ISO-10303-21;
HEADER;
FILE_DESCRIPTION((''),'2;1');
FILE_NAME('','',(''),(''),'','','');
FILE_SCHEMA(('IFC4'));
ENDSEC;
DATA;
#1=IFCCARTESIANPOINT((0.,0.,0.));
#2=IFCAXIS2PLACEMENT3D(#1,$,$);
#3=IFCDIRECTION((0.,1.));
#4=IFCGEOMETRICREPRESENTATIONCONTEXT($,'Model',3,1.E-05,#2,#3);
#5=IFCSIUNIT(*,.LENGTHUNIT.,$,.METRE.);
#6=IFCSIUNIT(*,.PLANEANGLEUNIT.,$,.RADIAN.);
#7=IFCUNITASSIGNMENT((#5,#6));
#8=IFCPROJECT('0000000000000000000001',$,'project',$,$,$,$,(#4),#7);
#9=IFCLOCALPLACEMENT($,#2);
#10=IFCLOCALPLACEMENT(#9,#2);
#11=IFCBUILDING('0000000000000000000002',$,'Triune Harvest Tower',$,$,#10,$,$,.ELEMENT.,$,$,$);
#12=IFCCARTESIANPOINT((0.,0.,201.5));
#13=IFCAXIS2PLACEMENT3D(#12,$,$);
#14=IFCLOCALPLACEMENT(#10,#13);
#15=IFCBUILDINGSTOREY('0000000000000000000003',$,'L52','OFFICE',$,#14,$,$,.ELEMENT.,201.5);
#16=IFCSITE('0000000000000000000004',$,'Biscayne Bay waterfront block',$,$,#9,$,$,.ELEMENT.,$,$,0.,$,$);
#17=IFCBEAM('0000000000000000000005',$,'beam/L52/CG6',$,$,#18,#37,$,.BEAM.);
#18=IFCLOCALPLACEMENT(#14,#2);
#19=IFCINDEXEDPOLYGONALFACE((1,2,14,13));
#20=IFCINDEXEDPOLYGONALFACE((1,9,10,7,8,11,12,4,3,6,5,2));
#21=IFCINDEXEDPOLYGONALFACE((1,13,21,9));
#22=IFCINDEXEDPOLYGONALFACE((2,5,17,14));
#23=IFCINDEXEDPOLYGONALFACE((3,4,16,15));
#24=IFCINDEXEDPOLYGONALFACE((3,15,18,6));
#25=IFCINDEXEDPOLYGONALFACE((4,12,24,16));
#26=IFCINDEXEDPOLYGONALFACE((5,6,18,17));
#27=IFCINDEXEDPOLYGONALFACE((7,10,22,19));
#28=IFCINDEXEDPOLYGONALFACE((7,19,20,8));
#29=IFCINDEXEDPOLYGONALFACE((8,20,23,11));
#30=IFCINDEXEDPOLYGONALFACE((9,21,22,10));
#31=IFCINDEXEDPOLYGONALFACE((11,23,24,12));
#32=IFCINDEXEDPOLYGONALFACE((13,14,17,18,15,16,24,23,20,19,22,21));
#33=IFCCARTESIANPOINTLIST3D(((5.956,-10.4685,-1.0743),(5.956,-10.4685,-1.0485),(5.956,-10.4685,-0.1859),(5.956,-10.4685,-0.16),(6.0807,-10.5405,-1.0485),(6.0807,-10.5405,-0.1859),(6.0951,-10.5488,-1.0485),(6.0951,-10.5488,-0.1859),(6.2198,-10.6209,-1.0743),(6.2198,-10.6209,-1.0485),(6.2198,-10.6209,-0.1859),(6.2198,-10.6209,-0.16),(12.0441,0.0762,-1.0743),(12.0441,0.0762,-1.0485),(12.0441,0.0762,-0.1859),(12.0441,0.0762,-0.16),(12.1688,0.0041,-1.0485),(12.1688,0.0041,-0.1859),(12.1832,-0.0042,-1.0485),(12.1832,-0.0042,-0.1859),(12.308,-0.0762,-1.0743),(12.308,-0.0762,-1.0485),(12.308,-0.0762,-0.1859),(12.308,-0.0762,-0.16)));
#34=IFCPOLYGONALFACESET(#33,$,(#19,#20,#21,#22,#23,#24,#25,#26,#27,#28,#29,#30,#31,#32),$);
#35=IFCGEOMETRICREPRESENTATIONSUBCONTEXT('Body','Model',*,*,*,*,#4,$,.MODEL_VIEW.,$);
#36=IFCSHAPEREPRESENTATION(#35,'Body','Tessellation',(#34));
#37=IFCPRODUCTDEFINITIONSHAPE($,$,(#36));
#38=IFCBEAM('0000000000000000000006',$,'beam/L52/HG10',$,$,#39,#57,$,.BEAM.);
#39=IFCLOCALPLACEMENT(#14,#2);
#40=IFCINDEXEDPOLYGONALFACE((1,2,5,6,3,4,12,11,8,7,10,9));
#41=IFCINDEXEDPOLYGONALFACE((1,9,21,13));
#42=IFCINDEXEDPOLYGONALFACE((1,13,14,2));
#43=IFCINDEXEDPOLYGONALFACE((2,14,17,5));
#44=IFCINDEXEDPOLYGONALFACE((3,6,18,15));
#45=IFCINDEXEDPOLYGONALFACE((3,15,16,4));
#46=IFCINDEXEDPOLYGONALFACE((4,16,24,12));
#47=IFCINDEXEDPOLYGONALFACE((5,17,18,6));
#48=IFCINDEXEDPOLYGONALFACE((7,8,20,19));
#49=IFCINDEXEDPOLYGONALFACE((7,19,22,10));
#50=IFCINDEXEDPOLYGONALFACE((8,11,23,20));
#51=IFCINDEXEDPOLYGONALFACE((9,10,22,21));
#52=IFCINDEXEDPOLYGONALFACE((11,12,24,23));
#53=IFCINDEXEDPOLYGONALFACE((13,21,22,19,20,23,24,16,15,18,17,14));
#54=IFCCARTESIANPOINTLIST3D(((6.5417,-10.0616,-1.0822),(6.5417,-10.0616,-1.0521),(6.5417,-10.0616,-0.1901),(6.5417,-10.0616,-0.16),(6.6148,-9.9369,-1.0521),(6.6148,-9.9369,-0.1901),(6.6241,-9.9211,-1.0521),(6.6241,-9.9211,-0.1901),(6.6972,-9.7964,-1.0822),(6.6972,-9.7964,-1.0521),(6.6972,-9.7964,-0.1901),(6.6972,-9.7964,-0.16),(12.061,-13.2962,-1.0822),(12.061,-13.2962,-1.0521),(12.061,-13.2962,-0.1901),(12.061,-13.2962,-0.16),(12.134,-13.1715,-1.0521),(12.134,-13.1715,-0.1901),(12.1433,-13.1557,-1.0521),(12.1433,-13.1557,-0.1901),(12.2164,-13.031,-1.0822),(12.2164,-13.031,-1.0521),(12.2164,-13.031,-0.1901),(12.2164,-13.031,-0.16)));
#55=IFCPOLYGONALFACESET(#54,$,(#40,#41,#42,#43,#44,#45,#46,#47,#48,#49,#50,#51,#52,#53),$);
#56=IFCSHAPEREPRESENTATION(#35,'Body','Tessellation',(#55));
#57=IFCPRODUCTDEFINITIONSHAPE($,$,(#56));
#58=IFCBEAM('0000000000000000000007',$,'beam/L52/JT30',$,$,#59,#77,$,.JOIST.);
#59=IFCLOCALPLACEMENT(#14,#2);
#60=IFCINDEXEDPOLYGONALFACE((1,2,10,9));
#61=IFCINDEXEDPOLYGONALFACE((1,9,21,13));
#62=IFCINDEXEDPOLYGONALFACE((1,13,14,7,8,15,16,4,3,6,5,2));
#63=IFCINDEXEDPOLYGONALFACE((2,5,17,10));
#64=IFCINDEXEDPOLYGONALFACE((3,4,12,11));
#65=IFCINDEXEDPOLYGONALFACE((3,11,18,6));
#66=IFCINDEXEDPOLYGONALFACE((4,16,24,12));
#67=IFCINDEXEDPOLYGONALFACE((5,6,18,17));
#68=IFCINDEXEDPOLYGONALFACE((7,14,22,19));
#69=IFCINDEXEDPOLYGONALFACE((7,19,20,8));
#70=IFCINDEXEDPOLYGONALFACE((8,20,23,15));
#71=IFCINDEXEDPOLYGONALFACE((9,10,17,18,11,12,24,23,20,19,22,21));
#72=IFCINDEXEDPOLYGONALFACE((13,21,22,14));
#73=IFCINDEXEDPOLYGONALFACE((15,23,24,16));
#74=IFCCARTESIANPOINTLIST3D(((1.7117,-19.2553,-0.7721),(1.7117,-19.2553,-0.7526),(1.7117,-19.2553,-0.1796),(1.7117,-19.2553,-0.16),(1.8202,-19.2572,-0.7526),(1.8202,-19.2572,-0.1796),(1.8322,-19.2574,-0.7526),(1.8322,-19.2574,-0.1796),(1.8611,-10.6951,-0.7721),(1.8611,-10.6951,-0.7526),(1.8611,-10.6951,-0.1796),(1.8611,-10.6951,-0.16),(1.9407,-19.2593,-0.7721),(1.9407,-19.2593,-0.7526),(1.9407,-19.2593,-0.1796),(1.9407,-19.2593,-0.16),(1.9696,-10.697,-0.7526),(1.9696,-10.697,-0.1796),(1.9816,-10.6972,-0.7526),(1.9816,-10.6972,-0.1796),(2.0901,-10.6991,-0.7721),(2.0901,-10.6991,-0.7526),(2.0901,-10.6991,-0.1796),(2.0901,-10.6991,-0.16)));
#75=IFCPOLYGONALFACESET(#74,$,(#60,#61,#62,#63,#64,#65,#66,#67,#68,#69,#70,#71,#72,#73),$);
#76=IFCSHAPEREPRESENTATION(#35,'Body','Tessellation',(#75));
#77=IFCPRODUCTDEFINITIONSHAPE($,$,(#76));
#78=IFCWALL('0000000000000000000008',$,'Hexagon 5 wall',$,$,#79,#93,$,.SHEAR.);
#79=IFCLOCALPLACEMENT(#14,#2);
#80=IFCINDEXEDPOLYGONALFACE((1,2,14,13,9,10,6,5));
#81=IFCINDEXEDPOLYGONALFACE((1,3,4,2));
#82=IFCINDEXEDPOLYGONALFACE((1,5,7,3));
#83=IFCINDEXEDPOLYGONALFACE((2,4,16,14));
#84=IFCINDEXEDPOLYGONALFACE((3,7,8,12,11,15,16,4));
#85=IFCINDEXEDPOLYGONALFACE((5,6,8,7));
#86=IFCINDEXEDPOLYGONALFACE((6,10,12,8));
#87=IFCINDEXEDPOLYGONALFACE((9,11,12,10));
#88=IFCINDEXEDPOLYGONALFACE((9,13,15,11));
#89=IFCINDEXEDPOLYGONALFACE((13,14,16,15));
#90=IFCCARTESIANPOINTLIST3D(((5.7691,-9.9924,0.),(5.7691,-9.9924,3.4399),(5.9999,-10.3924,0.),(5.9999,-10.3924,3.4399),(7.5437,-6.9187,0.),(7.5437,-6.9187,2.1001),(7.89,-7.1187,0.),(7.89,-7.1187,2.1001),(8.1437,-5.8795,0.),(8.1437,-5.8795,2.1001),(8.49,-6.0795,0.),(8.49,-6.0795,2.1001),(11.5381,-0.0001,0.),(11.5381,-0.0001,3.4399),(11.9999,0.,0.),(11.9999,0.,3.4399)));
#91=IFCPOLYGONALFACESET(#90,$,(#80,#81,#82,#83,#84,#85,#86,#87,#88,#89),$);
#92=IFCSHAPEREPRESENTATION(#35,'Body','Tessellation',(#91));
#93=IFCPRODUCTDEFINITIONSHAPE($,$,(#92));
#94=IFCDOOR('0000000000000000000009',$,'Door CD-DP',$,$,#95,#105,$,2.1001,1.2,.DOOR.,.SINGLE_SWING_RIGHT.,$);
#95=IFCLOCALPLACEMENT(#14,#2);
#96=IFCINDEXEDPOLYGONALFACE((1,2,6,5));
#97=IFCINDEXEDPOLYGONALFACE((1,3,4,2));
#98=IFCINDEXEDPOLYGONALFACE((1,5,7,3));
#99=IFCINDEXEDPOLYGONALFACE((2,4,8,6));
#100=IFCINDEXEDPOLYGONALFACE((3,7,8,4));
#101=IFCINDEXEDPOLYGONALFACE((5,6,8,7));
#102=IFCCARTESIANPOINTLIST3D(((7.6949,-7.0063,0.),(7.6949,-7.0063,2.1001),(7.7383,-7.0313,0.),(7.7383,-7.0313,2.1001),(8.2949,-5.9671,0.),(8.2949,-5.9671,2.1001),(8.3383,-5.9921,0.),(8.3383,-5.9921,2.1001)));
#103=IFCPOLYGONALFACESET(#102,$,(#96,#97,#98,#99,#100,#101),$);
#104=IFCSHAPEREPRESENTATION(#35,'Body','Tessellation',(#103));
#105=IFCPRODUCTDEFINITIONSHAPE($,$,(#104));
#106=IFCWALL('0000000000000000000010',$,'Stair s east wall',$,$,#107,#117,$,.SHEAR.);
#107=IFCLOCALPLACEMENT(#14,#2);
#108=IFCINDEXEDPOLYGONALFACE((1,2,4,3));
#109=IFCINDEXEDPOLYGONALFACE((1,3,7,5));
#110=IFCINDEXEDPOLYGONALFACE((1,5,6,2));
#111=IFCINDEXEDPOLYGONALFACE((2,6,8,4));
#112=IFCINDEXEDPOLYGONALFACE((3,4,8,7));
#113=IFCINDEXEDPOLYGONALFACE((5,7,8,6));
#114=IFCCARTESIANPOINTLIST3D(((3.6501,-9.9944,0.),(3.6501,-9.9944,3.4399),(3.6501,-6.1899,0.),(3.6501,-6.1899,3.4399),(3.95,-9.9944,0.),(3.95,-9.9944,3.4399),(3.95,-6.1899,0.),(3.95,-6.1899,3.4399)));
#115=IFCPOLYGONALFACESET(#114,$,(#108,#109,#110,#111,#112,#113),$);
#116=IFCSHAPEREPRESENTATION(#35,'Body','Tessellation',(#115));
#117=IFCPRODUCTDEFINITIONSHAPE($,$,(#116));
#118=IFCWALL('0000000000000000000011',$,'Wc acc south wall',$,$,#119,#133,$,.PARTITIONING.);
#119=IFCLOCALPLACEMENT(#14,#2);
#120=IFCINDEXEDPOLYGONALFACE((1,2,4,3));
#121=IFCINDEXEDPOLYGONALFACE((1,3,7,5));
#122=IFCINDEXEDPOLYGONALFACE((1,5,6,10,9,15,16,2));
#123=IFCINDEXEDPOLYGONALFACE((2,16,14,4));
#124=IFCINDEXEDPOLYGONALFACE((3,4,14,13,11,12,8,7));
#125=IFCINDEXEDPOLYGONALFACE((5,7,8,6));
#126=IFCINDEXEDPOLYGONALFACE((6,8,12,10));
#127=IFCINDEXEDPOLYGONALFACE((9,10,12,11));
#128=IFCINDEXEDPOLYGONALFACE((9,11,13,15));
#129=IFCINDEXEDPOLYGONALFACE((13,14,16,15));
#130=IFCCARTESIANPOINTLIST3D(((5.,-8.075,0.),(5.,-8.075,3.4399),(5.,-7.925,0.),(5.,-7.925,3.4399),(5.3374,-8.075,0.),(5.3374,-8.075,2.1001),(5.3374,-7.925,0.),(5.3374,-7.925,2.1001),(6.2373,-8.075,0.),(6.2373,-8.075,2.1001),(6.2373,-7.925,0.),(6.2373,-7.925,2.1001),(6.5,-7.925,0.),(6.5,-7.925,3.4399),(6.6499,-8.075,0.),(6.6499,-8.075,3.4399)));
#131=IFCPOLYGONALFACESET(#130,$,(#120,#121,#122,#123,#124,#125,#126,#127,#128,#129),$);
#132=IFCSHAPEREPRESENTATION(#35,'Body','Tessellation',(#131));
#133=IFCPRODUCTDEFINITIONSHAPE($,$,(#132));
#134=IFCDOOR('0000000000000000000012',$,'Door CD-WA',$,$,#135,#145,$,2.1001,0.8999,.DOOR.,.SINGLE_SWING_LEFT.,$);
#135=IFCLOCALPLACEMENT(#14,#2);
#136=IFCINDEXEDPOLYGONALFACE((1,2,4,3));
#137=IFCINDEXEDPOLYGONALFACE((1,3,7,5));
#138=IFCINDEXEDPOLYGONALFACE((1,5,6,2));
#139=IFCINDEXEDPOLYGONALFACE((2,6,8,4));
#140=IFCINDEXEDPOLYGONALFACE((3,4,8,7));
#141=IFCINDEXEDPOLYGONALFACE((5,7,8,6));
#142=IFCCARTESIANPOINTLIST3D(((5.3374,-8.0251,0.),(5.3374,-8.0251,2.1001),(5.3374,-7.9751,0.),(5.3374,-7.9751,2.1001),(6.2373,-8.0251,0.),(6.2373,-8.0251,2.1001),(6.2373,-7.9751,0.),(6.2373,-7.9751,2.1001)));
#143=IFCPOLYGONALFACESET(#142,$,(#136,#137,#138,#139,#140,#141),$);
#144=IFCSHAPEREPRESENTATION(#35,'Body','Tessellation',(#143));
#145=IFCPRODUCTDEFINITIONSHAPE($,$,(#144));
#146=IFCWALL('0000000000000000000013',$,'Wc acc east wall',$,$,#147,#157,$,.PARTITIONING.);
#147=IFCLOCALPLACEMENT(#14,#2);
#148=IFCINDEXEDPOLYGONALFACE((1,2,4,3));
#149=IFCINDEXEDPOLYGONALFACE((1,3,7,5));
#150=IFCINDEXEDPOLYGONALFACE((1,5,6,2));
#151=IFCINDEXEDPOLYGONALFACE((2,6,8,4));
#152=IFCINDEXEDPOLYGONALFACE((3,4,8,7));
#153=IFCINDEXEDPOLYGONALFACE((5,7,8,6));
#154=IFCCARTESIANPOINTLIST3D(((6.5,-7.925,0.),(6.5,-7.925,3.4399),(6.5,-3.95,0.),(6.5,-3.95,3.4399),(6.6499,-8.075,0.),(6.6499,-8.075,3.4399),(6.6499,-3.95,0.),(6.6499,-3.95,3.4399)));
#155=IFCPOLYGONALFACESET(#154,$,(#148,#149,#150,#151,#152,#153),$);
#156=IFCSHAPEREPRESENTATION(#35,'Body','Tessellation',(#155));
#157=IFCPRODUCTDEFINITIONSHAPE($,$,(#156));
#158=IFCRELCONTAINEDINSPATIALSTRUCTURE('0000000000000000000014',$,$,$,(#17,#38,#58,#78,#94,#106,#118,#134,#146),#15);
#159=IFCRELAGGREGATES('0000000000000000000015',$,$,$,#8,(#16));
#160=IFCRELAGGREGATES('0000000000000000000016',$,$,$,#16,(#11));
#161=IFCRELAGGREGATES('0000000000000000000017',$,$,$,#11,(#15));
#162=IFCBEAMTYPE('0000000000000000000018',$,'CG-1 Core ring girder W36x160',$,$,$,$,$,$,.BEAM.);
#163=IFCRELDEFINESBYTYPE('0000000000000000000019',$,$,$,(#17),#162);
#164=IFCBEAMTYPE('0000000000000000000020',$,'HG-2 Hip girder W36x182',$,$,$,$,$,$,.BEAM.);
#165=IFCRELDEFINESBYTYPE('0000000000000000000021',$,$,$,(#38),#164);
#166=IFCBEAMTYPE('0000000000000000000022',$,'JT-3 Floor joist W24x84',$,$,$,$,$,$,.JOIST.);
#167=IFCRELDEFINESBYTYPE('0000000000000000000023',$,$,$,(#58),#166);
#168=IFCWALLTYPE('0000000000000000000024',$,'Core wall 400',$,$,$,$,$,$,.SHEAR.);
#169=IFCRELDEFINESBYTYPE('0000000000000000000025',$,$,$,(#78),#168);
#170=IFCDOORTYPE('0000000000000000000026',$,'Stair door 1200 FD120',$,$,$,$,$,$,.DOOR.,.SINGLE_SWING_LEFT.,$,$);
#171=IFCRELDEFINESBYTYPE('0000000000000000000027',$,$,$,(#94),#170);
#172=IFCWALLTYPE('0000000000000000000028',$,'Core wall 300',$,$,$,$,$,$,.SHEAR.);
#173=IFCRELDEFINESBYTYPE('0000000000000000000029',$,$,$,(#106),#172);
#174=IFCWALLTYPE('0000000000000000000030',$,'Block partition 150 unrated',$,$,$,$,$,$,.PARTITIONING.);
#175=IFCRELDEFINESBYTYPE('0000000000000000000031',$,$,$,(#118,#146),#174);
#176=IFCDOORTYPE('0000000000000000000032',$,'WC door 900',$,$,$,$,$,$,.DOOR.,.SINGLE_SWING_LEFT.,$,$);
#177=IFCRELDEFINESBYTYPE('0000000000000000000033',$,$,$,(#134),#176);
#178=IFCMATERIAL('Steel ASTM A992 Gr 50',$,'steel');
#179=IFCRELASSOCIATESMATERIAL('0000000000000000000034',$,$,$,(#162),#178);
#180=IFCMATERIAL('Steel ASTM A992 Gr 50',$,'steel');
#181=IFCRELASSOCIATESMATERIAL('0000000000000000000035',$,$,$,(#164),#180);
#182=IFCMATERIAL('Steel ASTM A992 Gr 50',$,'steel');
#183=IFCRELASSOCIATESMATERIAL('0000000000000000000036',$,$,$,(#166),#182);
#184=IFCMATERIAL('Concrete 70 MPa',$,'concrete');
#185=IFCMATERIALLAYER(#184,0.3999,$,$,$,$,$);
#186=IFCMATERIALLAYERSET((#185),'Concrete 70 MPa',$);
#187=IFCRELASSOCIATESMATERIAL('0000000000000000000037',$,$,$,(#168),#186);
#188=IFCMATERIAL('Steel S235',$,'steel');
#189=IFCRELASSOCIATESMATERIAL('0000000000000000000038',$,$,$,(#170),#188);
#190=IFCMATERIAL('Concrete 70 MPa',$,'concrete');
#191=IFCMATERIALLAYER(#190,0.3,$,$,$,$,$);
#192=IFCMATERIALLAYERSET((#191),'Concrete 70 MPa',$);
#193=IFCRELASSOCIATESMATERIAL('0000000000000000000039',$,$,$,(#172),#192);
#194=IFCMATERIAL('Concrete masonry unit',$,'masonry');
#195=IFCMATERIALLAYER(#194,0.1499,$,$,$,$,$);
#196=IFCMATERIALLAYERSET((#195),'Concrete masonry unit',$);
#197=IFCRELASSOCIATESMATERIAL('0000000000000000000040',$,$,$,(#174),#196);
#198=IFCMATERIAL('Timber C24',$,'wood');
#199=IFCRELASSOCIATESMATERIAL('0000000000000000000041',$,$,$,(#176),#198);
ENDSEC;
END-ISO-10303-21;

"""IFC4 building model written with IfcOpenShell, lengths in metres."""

from ifc_helpers import new_model, si_unit, direction, frame, frame_2d, origin, origin_2d, place, context, subcontext, project, spatial, polyline, rectangle, i_section, outline, extrude, source, transform, mapped, material, layer, layer_set, material_profile, profile_set, type_object, element, fill, save


model = new_model("IFC4")

# Units and contexts
model_context = context("Model", 3, precision=1e-05, world=origin(), true_north=direction((0.0, 1.0)))
body_context = subcontext(model_context, "Body", "Model", "MODEL_VIEW")
ifc_project = project(units=[si_unit("LENGTHUNIT", "METRE"), si_unit("PLANEANGLEUNIT", "RADIAN")], contexts=[model_context])

# Site, building, storey
site_placement = place(None, origin())
site = spatial("IfcSite", under=ifc_project, at=site_placement, Name="Biscayne Bay waterfront block", CompositionType="ELEMENT", RefElevation=0.0)
building_placement = place(site_placement, origin())
building = spatial("IfcBuilding", under=site, at=building_placement, Name="Triune Harvest Tower", CompositionType="ELEMENT")
storey_placement = place(building_placement, frame((0.0, 0.0, 201.5)))
storey = spatial("IfcBuildingStorey", under=building, at=storey_placement, Name="L52", Description="OFFICE", CompositionType="ELEMENT", Elevation=201.5)

# Beams
ifc_material_1 = material(Name="Steel ASTM A992 Gr 50", Category="steel")
ifc_material_profile_1 = material_profile(ifc_material_1, i_section(OverallWidth=0.3047, OverallDepth=0.9143, WebThickness=0.0166, FlangeThickness=0.0259, at=origin_2d()), Name="W36x160")
ifc_profile_set_1 = profile_set([ifc_material_profile_1], Name="Steel ASTM A992 Gr 50")
beam_type_1 = type_object("IfcBeamType", Name="CG-1 Core ring girder W36x160", PredefinedType="BEAM", material=ifc_profile_set_1)
shared_shape_1 = source(origin(), body_context, "Body", "SweptSolid", [
    extrude(i_section(OverallWidth=0.3047, OverallDepth=0.9143, WebThickness=0.0166, FlangeThickness=0.0259, at=origin_2d()), origin(), (0.0, 0.0, 1.0), 12.176),
])
beam_1_placement = place(storey_placement, frame((6.0879, -10.5447, -0.6172), z_axis=(0.50001, 0.86602, 0.0), x_axis=(-0.86602, 0.50001, 0.0)))
element("IfcBeam", 1, at=beam_1_placement, inside=storey, type_object=beam_type_1, Name="beam/L52/CG6", PredefinedType="BEAM", context=body_context, shape_type="MappedRepresentation", body=[
    mapped(shared_shape_1, transform((0.0, 0.0, 0.0), scale=1.0)),
])
ifc_material_2 = material(Name="Steel ASTM A992 Gr 50", Category="steel")
ifc_material_profile_2 = material_profile(ifc_material_2, i_section(OverallWidth=0.3074, OverallDepth=0.9221, WebThickness=0.0183, FlangeThickness=0.03, at=origin_2d()), Name="W36x182")
ifc_profile_set_2 = profile_set([ifc_material_profile_2], Name="Steel ASTM A992 Gr 50")
beam_type_2 = type_object("IfcBeamType", Name="HG-2 Hip girder W36x182", PredefinedType="BEAM", material=ifc_profile_set_2)
shared_shape_2 = source(origin(), body_context, "Body", "SweptSolid", [
    extrude(i_section(OverallWidth=0.3074, OverallDepth=0.9221, WebThickness=0.0183, FlangeThickness=0.03, at=origin_2d()), origin(), (0.0, 0.0, 1.0), 6.3972),
])
beam_2_placement = place(storey_placement, frame((12.1387, -13.1636, -0.6211), z_axis=(-0.862754, 0.505624, 0.0), x_axis=(-0.505624, -0.862754, 0.0)))
element("IfcBeam", 2, at=beam_2_placement, inside=storey, type_object=beam_type_2, Name="beam/L52/HG10", PredefinedType="BEAM", context=body_context, shape_type="MappedRepresentation", body=[
    mapped(shared_shape_2, transform((0.0, 0.0, 0.0), scale=1.0)),
])
ifc_material_3 = material(Name="Steel ASTM A992 Gr 50", Category="steel")
ifc_material_profile_3 = material_profile(ifc_material_3, i_section(OverallWidth=0.229, OverallDepth=0.6121, WebThickness=0.012, FlangeThickness=0.0195, at=origin_2d()), Name="W24x84")
ifc_profile_set_3 = profile_set([ifc_material_profile_3], Name="Steel ASTM A992 Gr 50")
beam_type_3 = type_object("IfcBeamType", Name="JT-3 Floor joist W24x84", PredefinedType="JOIST", material=ifc_profile_set_3)
shared_shape_3 = source(origin(), body_context, "Body", "SweptSolid", [
    extrude(i_section(OverallWidth=0.229, OverallDepth=0.6121, WebThickness=0.012, FlangeThickness=0.0195, at=origin_2d()), origin(), (0.0, 0.0, 1.0), 8.5615),
])
beam_3_placement = place(storey_placement, frame((1.8262, -19.2573, -0.4661), z_axis=(0.017452, 0.999848, 0.0), x_axis=(-0.999848, 0.017452, 0.0)))
element("IfcBeam", 3, at=beam_3_placement, inside=storey, type_object=beam_type_3, Name="beam/L52/JT30", PredefinedType="JOIST", context=body_context, shape_type="MappedRepresentation", body=[
    mapped(shared_shape_3, transform((0.0, 0.0, 0.0), scale=1.0)),
])

# Wall, opening, door
ifc_material_4 = material(Name="Concrete 70 MPa", Category="concrete")
ifc_layer_1 = layer(ifc_material_4, 0.3999)
ifc_layer_set_1 = layer_set([ifc_layer_1], Name="Concrete 70 MPa")
wall_type_1 = type_object("IfcWallType", Name="Core wall 400", PredefinedType="SHEAR", material=ifc_layer_set_1)
shared_shape_4 = source(origin(), body_context, "Body", "SweptSolid", [
    extrude(outline(polyline([(-0.1155, -0.2), (11.8845, -0.2), (11.6536, 0.2), (0.1155, 0.2), (-0.1155, -0.2)])), origin(), (0.0, 0.0, 1.0), 3.4399),
])
wall_1_placement = place(storey_placement, frame((5.8845, -10.1924, 0.0), z_axis=(0.0, 0.0, 1.0), x_axis=(0.499997, 0.866027, 0.0)))
wall_1 = element("IfcWall", 4, at=wall_1_placement, inside=storey, type_object=wall_type_1, Name="Hexagon 5 wall", PredefinedType="SHEAR", context=body_context, shape_type="MappedRepresentation", body=[
    mapped(shared_shape_4, transform((0.0, 0.0, 0.0), scale=1.0)),
])
opening_1_placement = place(wall_1_placement, frame((3.6646, 0.0, 0.0)))
opening_1 = element("IfcOpeningElement", 5, at=opening_1_placement, cuts=wall_1, PredefinedType="OPENING", context=body_context, shape_type="SweptSolid", body=[
    extrude(rectangle(XDim=1.2, YDim=2.1001, at=frame_2d((0.6001, 1.05))), frame((0.0, 0.21, 0.0), z_axis=(0.0, -1.0, 0.0), x_axis=(1.0, 0.0, 0.0)), (0.0, 0.0, 1.0), 0.4199),
])
ifc_material_5 = material(Name="Steel S235", Category="steel")
door_type_1 = type_object("IfcDoorType", Name="Stair door 1200 FD120", OperationType="SINGLE_SWING_LEFT", PredefinedType="DOOR", material=ifc_material_5)
door_1_placement = place(opening_1_placement, frame((1.2, 0.0, 0.0), z_axis=(0.0, 0.0, 1.0), x_axis=(-1.0, 0.0, 0.0)))
door_1 = element("IfcDoor", 6, at=door_1_placement, inside=storey, type_object=door_type_1, Name="Door CD-DP", OperationType="SINGLE_SWING_RIGHT", OverallHeight=2.1001, OverallWidth=1.2, PredefinedType="DOOR", context=body_context, shape_type="SweptSolid", body=[
    extrude(rectangle(XDim=1.2, YDim=2.1001, at=frame_2d((0.6001, 1.05))), frame((0.0, 0.0249, 0.0), z_axis=(0.0, -1.0, 0.0), x_axis=(1.0, 0.0, 0.0)), (0.0, 0.0, 1.0), 0.05),
])
fill(opening_1, door_1)

# Wall
ifc_material_6 = material(Name="Concrete 70 MPa", Category="concrete")
ifc_layer_2 = layer(ifc_material_6, 0.3)
ifc_layer_set_2 = layer_set([ifc_layer_2], Name="Concrete 70 MPa")
wall_type_2 = type_object("IfcWallType", Name="Core wall 300", PredefinedType="SHEAR", material=ifc_layer_set_2)
shared_shape_5 = source(origin(), body_context, "Body", "SweptSolid", [
    extrude(outline(polyline([(3.8, -0.1499), (-0.0044, -0.1499), (-0.0044, 0.1499), (3.8, 0.1499), (3.8, -0.1499)])), origin(), (0.0, 0.0, 1.0), 3.4399),
])
wall_2_placement = place(storey_placement, frame((3.8, -9.99, 0.0), z_axis=(0.0, 0.0, 1.0), x_axis=(0.0, 1.0, 0.0)))
element("IfcWall", 7, at=wall_2_placement, inside=storey, type_object=wall_type_2, Name="Stair s east wall", PredefinedType="SHEAR", context=body_context, shape_type="MappedRepresentation", body=[
    mapped(shared_shape_5, transform((0.0, 0.0, 0.0), scale=1.0)),
])

# Wall, opening, door
ifc_material_7 = material(Name="Concrete masonry unit", Category="masonry")
ifc_layer_3 = layer(ifc_material_7, 0.1499)
ifc_layer_set_3 = layer_set([ifc_layer_3], Name="Concrete masonry unit")
wall_type_3 = type_object("IfcWallType", Name="Block partition 150 unrated", PredefinedType="PARTITIONING", material=ifc_layer_set_3)
shared_shape_6 = source(origin(), body_context, "Body", "SweptSolid", [
    extrude(outline(polyline([(0.0, -0.075), (1.6499, -0.075), (1.5, 0.075), (0.0, 0.075), (0.0, -0.075)])), origin(), (0.0, 0.0, 1.0), 3.4399),
])
wall_3_placement = place(storey_placement, frame((5.0, -8.0, 0.0), z_axis=(0.0, 0.0, 1.0), x_axis=(1.0, 0.0, 0.0)))
wall_3 = element("IfcWall", 8, at=wall_3_placement, inside=storey, type_object=wall_type_3, Name="Wc acc south wall", PredefinedType="PARTITIONING", context=body_context, shape_type="MappedRepresentation", body=[
    mapped(shared_shape_6, transform((0.0, 0.0, 0.0), scale=1.0)),
])
opening_2_placement = place(wall_3_placement, frame((0.3374, 0.0, 0.0)))
opening_2 = element("IfcOpeningElement", 9, at=opening_2_placement, cuts=wall_3, PredefinedType="OPENING", context=body_context, shape_type="SweptSolid", body=[
    extrude(rectangle(XDim=0.8999, YDim=2.1001, at=frame_2d((0.45, 1.05))), frame((0.0, 0.085, 0.0), z_axis=(0.0, -1.0, 0.0), x_axis=(1.0, 0.0, 0.0)), (0.0, 0.0, 1.0), 0.1699),
])
ifc_material_8 = material(Name="Timber C24", Category="wood")
door_type_2 = type_object("IfcDoorType", Name="WC door 900", OperationType="SINGLE_SWING_LEFT", PredefinedType="DOOR", material=ifc_material_8)
door_2_placement = place(opening_2_placement, origin())
door_2 = element("IfcDoor", 10, at=door_2_placement, inside=storey, type_object=door_type_2, Name="Door CD-WA", OperationType="SINGLE_SWING_LEFT", OverallHeight=2.1001, OverallWidth=0.8999, PredefinedType="DOOR", context=body_context, shape_type="SweptSolid", body=[
    extrude(rectangle(XDim=0.8999, YDim=2.1001, at=frame_2d((0.45, 1.05))), frame((0.0, 0.0249, 0.0), z_axis=(0.0, -1.0, 0.0), x_axis=(1.0, 0.0, 0.0)), (0.0, 0.0, 1.0), 0.05),
])
fill(opening_2, door_2)

# Wall
shared_shape_7 = source(origin(), body_context, "Body", "SweptSolid", [
    extrude(outline(polyline([(-0.075, -0.075), (4.05, -0.075), (4.05, 0.075), (0.075, 0.075), (-0.075, -0.075)])), origin(), (0.0, 0.0, 1.0), 3.4399),
])
wall_4_placement = place(storey_placement, frame((6.575, -8.0, 0.0), z_axis=(0.0, 0.0, 1.0), x_axis=(0.0, 1.0, 0.0)))
element("IfcWall", 11, at=wall_4_placement, inside=storey, type_object=wall_type_3, Name="Wc acc east wall", PredefinedType="PARTITIONING", context=body_context, shape_type="MappedRepresentation", body=[
    mapped(shared_shape_7, transform((0.0, 0.0, 0.0), scale=1.0)),
])

save(model, "model.ifc")
